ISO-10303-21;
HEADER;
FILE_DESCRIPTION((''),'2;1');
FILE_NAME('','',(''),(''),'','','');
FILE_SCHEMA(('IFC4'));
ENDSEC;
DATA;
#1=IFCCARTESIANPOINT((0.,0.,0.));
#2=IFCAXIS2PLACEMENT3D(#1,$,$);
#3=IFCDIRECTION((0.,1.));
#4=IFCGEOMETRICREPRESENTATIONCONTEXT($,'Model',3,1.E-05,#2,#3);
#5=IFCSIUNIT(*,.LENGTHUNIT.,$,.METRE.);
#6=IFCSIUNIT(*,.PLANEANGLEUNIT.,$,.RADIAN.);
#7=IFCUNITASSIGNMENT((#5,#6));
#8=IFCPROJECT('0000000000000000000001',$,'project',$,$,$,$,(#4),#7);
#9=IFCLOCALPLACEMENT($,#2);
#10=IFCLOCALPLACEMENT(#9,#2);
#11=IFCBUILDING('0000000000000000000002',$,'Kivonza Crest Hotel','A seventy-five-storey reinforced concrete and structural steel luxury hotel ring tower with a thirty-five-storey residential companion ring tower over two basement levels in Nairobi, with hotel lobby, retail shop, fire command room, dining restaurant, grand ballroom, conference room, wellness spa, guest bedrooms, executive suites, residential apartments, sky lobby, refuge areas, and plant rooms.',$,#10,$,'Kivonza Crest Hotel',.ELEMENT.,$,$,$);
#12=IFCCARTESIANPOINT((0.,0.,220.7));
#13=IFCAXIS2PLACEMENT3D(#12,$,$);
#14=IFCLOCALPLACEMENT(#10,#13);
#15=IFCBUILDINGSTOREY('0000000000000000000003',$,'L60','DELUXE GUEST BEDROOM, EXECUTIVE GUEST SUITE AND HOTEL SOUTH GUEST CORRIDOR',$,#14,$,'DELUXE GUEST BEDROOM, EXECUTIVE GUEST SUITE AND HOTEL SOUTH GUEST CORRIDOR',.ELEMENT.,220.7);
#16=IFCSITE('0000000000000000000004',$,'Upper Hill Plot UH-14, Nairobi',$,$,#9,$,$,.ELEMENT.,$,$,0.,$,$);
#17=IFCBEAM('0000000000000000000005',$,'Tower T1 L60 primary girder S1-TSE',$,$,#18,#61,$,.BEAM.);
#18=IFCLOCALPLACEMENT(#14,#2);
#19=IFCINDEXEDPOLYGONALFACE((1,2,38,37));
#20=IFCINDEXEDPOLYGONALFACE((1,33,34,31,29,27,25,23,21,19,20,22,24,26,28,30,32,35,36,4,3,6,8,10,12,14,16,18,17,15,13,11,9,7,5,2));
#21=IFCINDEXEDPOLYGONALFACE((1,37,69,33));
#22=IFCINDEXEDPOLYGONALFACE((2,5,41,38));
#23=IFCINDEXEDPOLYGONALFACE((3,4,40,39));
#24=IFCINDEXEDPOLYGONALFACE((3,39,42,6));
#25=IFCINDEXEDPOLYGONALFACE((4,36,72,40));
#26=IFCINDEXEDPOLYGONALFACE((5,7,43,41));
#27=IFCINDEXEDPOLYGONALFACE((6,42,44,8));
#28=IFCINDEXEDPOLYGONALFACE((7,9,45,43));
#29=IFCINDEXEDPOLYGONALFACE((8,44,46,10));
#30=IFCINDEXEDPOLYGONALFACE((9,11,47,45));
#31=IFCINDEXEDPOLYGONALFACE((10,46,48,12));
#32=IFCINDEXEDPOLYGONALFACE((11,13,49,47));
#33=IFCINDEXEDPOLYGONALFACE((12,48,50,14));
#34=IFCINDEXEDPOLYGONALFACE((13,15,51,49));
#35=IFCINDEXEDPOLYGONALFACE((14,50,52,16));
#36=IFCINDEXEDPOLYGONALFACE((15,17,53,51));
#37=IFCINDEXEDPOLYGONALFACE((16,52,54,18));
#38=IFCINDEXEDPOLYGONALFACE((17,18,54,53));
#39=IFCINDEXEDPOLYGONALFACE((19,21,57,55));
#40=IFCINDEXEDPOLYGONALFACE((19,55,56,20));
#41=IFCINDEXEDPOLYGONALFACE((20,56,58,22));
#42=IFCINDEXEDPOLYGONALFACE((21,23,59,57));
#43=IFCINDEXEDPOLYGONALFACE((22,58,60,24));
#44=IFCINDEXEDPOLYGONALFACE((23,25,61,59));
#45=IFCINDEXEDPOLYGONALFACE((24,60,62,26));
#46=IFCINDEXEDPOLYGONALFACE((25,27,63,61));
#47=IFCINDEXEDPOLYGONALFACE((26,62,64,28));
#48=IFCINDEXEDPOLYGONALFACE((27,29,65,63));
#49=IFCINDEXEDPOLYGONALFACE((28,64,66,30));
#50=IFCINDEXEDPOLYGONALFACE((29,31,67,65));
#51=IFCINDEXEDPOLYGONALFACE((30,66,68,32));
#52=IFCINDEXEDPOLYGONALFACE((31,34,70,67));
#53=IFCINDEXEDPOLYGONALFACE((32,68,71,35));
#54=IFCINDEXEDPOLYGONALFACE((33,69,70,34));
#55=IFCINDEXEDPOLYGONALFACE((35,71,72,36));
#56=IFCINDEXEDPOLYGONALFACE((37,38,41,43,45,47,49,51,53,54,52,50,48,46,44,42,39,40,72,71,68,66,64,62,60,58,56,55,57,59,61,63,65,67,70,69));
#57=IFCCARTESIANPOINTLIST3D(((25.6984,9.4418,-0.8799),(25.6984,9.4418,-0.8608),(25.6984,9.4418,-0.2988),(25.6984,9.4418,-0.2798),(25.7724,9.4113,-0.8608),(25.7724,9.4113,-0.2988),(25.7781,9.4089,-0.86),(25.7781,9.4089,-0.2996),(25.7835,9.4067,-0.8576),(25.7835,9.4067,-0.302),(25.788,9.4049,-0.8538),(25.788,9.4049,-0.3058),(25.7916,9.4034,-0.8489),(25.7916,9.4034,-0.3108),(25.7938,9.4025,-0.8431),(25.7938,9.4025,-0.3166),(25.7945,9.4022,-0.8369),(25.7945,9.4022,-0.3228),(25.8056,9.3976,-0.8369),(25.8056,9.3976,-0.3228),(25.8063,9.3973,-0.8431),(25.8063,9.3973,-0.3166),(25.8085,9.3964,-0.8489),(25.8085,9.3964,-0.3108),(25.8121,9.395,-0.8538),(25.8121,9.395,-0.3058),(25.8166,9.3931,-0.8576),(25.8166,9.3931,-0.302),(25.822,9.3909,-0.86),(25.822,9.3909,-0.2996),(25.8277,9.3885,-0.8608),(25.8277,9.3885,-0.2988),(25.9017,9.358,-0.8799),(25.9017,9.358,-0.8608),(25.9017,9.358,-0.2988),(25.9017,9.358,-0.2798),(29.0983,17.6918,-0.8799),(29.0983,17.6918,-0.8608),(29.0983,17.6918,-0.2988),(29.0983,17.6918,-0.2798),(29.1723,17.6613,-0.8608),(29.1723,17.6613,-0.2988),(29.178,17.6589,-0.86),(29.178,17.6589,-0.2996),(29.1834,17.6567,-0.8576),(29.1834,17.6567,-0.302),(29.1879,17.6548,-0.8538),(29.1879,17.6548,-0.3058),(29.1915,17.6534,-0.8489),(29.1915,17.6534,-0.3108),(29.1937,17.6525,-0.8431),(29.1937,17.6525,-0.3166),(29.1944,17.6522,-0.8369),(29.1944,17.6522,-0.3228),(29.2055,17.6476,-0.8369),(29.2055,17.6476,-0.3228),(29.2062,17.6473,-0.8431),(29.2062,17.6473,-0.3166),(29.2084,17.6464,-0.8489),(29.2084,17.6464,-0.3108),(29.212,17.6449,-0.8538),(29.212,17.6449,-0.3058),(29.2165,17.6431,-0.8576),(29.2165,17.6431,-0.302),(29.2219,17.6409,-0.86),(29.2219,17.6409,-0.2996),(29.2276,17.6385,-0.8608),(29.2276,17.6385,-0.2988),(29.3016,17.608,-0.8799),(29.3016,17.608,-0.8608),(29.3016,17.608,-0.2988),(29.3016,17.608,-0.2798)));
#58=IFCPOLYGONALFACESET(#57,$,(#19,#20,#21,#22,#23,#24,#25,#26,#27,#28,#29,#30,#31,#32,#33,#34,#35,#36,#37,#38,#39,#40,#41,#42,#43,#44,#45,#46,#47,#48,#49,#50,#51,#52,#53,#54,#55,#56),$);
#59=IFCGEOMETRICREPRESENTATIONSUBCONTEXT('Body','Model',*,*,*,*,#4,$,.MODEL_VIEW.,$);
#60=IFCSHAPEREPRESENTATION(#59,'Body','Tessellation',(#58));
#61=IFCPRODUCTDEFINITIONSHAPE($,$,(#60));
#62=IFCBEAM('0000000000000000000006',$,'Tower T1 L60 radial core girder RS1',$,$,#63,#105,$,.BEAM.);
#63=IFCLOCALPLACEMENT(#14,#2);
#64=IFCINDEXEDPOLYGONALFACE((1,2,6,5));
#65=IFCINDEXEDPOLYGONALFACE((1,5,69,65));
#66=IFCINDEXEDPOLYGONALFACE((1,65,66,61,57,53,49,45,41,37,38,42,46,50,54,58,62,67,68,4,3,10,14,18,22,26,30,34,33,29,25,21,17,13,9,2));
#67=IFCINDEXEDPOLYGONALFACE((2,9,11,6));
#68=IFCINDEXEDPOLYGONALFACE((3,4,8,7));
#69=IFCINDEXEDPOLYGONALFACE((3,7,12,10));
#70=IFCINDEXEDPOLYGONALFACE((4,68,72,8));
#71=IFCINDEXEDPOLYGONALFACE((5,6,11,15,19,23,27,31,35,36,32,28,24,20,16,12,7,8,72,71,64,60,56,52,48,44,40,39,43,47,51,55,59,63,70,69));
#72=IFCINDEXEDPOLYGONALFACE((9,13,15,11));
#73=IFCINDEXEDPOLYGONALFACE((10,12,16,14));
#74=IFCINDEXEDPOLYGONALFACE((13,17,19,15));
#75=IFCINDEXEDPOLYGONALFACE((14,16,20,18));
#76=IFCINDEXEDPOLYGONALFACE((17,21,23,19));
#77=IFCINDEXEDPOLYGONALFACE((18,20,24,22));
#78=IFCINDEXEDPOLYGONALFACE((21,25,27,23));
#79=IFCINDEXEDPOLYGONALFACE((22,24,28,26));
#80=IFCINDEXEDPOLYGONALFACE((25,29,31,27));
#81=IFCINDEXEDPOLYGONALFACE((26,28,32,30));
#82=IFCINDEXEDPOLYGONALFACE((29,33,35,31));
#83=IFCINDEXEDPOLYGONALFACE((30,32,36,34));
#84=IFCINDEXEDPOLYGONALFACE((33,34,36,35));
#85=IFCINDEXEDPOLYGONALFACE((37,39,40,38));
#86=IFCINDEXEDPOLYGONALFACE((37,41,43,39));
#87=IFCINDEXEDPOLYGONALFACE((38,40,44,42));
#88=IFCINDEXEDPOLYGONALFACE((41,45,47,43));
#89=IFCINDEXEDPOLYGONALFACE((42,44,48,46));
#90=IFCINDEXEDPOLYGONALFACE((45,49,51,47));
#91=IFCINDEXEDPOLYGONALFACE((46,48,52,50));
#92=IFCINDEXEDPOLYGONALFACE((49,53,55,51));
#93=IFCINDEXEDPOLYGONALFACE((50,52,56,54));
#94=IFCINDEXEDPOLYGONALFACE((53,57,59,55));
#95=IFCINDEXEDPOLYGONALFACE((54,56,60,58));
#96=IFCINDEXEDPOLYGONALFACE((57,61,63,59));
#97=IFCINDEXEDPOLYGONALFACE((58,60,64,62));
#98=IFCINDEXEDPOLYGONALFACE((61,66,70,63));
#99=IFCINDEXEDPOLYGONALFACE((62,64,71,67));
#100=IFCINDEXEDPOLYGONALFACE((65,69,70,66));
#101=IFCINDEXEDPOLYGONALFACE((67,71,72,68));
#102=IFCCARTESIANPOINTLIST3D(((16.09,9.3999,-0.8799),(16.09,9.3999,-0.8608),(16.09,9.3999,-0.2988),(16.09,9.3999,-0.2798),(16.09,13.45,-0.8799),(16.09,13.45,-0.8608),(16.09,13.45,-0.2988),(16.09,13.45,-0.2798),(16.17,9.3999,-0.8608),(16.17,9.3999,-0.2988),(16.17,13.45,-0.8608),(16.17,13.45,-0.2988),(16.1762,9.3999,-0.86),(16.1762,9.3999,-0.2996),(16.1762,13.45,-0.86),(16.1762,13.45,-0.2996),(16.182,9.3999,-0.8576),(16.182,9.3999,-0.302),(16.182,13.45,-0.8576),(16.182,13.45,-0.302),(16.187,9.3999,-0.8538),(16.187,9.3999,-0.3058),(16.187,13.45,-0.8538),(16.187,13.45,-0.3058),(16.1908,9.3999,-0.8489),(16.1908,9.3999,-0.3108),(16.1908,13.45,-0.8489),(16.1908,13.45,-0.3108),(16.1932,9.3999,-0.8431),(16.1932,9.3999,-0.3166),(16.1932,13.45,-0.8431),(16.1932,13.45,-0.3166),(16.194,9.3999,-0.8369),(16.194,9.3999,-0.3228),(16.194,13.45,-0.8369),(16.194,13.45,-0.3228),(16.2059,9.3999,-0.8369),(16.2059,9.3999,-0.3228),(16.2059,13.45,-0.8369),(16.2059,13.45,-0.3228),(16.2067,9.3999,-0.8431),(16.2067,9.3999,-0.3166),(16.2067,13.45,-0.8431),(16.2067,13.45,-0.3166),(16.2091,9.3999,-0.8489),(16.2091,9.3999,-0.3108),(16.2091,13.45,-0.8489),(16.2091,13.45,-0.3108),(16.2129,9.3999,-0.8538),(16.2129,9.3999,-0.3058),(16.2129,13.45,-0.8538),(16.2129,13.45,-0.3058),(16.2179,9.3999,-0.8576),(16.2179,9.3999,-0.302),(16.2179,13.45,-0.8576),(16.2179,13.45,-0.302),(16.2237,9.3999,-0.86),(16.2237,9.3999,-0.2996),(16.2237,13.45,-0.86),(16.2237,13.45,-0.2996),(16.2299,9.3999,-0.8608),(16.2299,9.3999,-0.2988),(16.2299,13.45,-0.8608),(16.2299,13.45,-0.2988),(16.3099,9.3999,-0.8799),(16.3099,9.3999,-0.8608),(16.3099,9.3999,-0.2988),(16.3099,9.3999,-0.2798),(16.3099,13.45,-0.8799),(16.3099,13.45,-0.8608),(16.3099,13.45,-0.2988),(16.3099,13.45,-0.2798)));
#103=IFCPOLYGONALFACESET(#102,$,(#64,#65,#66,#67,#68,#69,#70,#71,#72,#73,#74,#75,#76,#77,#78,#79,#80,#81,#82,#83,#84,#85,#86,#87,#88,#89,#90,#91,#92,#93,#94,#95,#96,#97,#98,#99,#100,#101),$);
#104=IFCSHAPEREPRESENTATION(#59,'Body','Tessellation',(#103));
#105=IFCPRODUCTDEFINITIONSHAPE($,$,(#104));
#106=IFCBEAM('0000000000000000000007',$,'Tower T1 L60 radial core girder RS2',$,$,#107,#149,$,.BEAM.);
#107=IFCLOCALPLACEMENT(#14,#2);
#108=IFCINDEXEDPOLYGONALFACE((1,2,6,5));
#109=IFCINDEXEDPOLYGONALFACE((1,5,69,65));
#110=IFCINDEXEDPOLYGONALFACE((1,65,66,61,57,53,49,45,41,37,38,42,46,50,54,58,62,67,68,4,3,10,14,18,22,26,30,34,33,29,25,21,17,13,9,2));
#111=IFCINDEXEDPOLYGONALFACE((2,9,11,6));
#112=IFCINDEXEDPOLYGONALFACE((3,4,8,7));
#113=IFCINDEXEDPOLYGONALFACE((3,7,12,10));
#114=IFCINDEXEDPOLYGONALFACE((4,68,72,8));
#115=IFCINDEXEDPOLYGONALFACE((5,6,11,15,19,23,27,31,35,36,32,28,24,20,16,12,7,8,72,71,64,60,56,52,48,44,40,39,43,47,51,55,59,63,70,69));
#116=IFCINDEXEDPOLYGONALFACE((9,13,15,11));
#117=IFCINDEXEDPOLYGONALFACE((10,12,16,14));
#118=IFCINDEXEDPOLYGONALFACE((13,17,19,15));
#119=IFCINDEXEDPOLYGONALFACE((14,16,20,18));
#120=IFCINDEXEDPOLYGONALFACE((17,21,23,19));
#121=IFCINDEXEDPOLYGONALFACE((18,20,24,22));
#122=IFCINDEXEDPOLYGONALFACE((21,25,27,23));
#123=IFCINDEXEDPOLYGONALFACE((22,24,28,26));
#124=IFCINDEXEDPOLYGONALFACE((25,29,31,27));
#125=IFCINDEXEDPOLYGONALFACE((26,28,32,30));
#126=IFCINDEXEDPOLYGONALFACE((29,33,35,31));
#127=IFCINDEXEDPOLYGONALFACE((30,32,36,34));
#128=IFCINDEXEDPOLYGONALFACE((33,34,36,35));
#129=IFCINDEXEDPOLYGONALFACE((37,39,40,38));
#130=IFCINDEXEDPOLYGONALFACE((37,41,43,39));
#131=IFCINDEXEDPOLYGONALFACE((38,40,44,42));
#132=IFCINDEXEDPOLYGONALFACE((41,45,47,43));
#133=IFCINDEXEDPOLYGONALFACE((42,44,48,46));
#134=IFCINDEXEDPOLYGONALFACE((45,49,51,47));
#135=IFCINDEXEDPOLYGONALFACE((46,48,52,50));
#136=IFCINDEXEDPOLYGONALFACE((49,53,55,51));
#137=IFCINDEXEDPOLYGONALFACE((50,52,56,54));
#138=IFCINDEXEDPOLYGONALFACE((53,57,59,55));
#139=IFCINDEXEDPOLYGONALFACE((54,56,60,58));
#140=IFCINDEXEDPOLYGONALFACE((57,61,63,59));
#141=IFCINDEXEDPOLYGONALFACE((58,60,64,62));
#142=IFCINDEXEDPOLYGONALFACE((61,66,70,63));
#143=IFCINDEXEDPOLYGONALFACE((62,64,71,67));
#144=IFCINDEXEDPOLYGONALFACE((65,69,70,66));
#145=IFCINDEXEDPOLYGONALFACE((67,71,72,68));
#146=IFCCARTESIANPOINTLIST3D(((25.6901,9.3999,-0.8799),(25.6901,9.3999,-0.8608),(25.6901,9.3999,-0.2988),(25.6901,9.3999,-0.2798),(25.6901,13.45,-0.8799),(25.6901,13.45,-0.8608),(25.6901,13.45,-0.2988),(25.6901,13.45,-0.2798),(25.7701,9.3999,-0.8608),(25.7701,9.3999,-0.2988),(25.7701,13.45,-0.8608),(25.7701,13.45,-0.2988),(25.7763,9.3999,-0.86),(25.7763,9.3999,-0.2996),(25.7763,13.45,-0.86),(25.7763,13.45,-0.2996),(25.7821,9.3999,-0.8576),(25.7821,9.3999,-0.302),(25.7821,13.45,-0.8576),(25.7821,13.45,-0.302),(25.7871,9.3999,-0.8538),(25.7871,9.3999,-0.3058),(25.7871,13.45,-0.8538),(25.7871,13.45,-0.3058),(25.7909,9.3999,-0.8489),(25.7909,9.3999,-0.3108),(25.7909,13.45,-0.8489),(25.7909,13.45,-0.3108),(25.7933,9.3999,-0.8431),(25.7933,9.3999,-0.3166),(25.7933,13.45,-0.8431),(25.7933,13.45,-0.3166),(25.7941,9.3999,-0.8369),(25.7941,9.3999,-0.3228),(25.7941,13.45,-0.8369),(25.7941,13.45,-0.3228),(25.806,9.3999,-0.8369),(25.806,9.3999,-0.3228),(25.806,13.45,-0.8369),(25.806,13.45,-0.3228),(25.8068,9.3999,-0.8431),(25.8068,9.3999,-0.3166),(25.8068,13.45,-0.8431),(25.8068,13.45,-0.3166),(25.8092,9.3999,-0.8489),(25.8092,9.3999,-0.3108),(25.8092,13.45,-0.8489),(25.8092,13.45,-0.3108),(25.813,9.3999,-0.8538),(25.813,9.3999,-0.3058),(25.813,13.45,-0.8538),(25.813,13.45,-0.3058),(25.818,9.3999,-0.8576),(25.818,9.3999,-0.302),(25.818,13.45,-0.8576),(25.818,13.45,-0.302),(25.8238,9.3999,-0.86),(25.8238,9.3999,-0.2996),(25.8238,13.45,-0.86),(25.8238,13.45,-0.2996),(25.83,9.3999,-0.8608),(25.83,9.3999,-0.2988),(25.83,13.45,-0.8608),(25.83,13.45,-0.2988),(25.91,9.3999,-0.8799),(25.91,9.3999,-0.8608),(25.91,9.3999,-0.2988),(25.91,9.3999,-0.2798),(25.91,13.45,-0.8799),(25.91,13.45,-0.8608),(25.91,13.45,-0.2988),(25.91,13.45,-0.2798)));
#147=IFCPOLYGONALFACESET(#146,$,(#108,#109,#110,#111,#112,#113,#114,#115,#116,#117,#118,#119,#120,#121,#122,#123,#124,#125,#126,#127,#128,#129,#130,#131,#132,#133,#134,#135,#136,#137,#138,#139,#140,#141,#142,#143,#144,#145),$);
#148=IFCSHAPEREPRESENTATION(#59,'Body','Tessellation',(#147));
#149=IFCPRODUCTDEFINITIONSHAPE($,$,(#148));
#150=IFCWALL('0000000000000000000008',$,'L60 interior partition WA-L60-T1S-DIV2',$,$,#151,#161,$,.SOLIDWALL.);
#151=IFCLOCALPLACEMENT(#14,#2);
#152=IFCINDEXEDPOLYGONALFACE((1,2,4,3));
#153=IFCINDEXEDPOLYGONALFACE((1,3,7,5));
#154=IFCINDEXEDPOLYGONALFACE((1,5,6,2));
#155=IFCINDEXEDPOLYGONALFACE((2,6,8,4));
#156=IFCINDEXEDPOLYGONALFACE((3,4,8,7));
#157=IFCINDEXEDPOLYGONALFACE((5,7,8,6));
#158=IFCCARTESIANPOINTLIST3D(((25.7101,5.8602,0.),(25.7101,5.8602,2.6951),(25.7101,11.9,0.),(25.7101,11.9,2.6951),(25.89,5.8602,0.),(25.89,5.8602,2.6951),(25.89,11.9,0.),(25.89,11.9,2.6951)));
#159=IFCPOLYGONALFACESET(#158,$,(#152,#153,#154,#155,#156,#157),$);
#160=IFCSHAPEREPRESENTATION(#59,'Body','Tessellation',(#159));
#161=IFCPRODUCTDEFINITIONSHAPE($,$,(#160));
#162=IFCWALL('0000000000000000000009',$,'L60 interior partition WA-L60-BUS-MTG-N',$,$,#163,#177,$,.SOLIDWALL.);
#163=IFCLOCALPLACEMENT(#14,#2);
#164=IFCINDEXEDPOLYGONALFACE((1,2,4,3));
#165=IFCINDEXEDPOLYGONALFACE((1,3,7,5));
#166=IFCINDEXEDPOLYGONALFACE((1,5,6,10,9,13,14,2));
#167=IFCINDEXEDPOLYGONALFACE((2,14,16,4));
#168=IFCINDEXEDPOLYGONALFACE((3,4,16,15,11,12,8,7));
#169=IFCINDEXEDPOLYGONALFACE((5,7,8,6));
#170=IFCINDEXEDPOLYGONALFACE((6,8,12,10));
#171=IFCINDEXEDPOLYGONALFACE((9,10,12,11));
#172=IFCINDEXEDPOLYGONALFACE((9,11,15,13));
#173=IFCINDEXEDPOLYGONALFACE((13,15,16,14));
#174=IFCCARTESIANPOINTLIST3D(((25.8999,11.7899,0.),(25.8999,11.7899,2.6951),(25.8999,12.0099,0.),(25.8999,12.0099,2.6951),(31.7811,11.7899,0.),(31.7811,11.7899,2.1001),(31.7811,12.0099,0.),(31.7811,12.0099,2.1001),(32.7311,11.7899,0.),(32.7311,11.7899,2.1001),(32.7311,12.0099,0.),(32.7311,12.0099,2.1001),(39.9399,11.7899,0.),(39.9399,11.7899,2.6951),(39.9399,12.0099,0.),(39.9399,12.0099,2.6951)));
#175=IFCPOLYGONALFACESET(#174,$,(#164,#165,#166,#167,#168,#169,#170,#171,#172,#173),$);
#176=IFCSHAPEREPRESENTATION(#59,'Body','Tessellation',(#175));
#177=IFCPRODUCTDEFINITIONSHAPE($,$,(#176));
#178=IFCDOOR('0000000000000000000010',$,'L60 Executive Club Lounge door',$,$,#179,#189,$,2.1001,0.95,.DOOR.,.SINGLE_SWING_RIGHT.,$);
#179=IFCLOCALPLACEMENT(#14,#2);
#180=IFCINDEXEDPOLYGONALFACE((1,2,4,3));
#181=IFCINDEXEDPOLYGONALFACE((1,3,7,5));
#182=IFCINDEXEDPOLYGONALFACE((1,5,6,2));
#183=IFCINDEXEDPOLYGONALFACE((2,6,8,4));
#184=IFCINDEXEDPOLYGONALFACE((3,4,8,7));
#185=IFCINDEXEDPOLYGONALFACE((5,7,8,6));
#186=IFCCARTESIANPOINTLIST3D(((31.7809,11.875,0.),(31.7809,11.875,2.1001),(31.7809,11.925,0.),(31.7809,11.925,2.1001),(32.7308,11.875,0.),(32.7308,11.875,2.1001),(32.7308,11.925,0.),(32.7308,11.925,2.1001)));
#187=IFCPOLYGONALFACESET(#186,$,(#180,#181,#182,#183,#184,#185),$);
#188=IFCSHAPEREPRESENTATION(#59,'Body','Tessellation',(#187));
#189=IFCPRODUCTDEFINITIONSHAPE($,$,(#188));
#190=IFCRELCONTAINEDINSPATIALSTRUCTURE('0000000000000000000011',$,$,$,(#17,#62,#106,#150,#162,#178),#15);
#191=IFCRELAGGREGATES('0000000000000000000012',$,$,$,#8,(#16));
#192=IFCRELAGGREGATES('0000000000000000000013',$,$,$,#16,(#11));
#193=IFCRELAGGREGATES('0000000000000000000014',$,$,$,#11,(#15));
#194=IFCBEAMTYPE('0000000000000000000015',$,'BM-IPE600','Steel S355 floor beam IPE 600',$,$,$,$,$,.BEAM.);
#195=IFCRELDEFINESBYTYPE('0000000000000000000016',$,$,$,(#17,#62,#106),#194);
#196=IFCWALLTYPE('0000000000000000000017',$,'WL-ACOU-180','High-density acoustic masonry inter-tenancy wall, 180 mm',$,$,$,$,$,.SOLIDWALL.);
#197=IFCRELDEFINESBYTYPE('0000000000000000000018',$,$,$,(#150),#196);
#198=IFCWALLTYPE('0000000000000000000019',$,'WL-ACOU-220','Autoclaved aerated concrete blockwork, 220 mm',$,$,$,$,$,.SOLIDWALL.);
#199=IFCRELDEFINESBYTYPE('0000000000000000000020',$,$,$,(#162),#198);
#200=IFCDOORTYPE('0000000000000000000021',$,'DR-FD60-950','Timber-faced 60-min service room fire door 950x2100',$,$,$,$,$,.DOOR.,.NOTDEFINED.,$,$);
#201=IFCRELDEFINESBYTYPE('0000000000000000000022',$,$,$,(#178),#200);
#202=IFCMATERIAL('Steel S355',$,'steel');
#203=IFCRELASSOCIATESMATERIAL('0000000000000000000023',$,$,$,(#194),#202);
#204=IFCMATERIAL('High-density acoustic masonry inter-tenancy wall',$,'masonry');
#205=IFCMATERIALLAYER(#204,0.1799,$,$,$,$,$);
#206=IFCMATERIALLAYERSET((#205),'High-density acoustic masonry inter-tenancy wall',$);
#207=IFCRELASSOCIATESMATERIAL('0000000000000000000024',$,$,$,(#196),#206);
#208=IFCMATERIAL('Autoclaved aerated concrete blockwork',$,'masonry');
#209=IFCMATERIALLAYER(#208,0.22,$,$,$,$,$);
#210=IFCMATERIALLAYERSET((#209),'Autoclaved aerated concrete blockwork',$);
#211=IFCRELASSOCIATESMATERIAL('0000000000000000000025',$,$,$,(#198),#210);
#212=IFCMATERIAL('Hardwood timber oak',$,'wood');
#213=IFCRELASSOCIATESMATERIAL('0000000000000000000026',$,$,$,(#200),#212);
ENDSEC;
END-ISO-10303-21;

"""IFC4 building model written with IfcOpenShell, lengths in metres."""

from ifc_helpers import new_model, si_unit, direction, frame, frame_2d, origin, origin_2d, place, context, subcontext, project, spatial, rectangle, i_section, extrude, material, layer, layer_set, material_profile, profile_set, type_object, element, fill, save


model = new_model("IFC4")

# Units and contexts
model_context = context("Model", 3, precision=1e-05, world=origin(), true_north=direction((0.0, 1.0)))
body_context = subcontext(model_context, "Body", "Model", "MODEL_VIEW")
ifc_project = project(units=[si_unit("LENGTHUNIT", "METRE"), si_unit("PLANEANGLEUNIT", "RADIAN")], contexts=[model_context])

# Site, building, storey
site_placement = place(None, origin())
site = spatial("IfcSite", under=ifc_project, at=site_placement, Name="Upper Hill Plot UH-14, Nairobi", CompositionType="ELEMENT", RefElevation=0.0)
building_placement = place(site_placement, origin())
building = spatial("IfcBuilding", under=site, at=building_placement, Name="Kivonza Crest Hotel", Description="A seventy-five-storey reinforced concrete and structural steel luxury hotel ring tower with a thirty-five-storey residential companion ring tower over two basement levels in Nairobi, with hotel lobby, retail shop, fire command room, dining restaurant, grand ballroom, conference room, wellness spa, guest bedrooms, executive suites, residential apartments, sky lobby, refuge areas, and plant rooms.", LongName="Kivonza Crest Hotel", CompositionType="ELEMENT")
storey_placement = place(building_placement, frame((0.0, 0.0, 220.7)))
storey = spatial("IfcBuildingStorey", under=building, at=storey_placement, Name="L60", Description="DELUXE GUEST BEDROOM, EXECUTIVE GUEST SUITE AND HOTEL SOUTH GUEST CORRIDOR", LongName="DELUXE GUEST BEDROOM, EXECUTIVE GUEST SUITE AND HOTEL SOUTH GUEST CORRIDOR", CompositionType="ELEMENT", Elevation=220.7)

# Beams
ifc_material_1 = material(Name="Steel S355", Category="steel")
ifc_material_profile_1 = material_profile(ifc_material_1, i_section(OverallWidth=0.22, OverallDepth=0.6001, WebThickness=0.012, FlangeThickness=0.019, FilletRadius=0.0239, at=origin_2d()), Name="IPE 600")
ifc_profile_set_1 = profile_set([ifc_material_profile_1], Name="Steel S355")
beam_type_1 = type_object("IfcBeamType", Name="BM-IPE600", Description="Steel S355 floor beam IPE 600", PredefinedType="BEAM", material=ifc_profile_set_1)
beam_1_placement = place(storey_placement, frame((25.8, 9.3999, -0.5798), z_axis=(0.381022, 0.924566, 0.0), x_axis=(-0.924566, 0.381022, 0.0)))
element("IfcBeam", 1, at=beam_1_placement, inside=storey, type_object=beam_type_1, Name="Tower T1 L60 primary girder S1-TSE", PredefinedType="BEAM", context=body_context, shape_type="SweptSolid", body=[
    extrude(i_section(OverallWidth=0.22, OverallDepth=0.6001, WebThickness=0.012, FlangeThickness=0.019, FilletRadius=0.0239, at=origin_2d()), origin(), (0.0, 0.0, 1.0), 8.9231),
])
for number, where, z_axis, x_axis, name in (
    (2, (16.2, 9.3999, -0.5798), (0.0, 1.0, 0.0), (-1.0, 0.0, 0.0), "Tower T1 L60 radial core girder RS1"),
    (3, (25.8, 9.3999, -0.5798), (0.0, 1.0, 0.0), (-1.0, 0.0, 0.0), "Tower T1 L60 radial core girder RS2"),
):
    element("IfcBeam", number, at=place(storey_placement, frame(where, z_axis=z_axis, x_axis=x_axis)), inside=storey, type_object=beam_type_1, Name=name, PredefinedType="BEAM", context=body_context, shape_type="SweptSolid", body=[
        extrude(i_section(OverallWidth=0.22, OverallDepth=0.6001, WebThickness=0.012, FlangeThickness=0.019, FilletRadius=0.0239, at=origin_2d()), origin(), (0.0, 0.0, 1.0), 4.05),
    ])

# Wall
ifc_material_2 = material(Name="High-density acoustic masonry inter-tenancy wall", Category="masonry")
ifc_layer_1 = layer(ifc_material_2, 0.1799)
ifc_layer_set_1 = layer_set([ifc_layer_1], Name="High-density acoustic masonry inter-tenancy wall")
wall_type_1 = type_object("IfcWallType", Name="WL-ACOU-180", Description="High-density acoustic masonry inter-tenancy wall, 180 mm", PredefinedType="SOLIDWALL", material=ifc_layer_set_1)
wall_1_placement = place(storey_placement, frame((25.8, 5.8601, 0.0), z_axis=(0.0, 0.0, 1.0), x_axis=(0.0, 1.0, 0.0)))
element("IfcWall", 4, at=wall_1_placement, inside=storey, type_object=wall_type_1, Name="L60 interior partition WA-L60-T1S-DIV2", PredefinedType="SOLIDWALL", context=body_context, shape_type="SweptSolid", body=[
    extrude(rectangle(XDim=6.0398, YDim=0.1799, at=frame_2d((3.02, 0.0))), origin(), (0.0, 0.0, 1.0), 2.6951),
])

# Wall, opening, door
ifc_material_3 = material(Name="Autoclaved aerated concrete blockwork", Category="masonry")
ifc_layer_2 = layer(ifc_material_3, 0.22)
ifc_layer_set_2 = layer_set([ifc_layer_2], Name="Autoclaved aerated concrete blockwork")
wall_type_2 = type_object("IfcWallType", Name="WL-ACOU-220", Description="Autoclaved aerated concrete blockwork, 220 mm", PredefinedType="SOLIDWALL", material=ifc_layer_set_2)
wall_2_placement = place(storey_placement, frame((25.8999, 11.8999, 0.0), z_axis=(0.0, 0.0, 1.0), x_axis=(1.0, 0.0, 0.0)))
wall_2 = element("IfcWall", 5, at=wall_2_placement, inside=storey, type_object=wall_type_2, Name="L60 interior partition WA-L60-BUS-MTG-N", PredefinedType="SOLIDWALL", context=body_context, shape_type="SweptSolid", body=[
    extrude(rectangle(XDim=14.04, YDim=0.22, at=frame_2d((7.02, 0.0))), origin(), (0.0, 0.0, 1.0), 2.6951),
])
opening_1_placement = place(wall_2_placement, frame((5.8811, 0.0, 0.0)))
opening_1 = element("IfcOpeningElement", 6, at=opening_1_placement, cuts=wall_2, PredefinedType="OPENING", context=body_context, shape_type="SweptSolid", body=[
    extrude(rectangle(XDim=0.95, YDim=2.1001, at=frame_2d((0.4751, 1.05))), frame((0.0, 0.1201, 0.0), z_axis=(0.0, -1.0, 0.0), x_axis=(1.0, 0.0, 0.0)), (0.0, 0.0, 1.0), 0.24),
])
ifc_material_4 = material(Name="Hardwood timber oak", Category="wood")
door_type_1 = type_object("IfcDoorType", Name="DR-FD60-950", Description="Timber-faced 60-min service room fire door 950x2100", OperationType="NOTDEFINED", PredefinedType="DOOR", material=ifc_material_4)
door_1_placement = place(opening_1_placement, frame((0.95, 0.0, 0.0), z_axis=(0.0, 0.0, 1.0), x_axis=(-1.0, 0.0, 0.0)))
door_1 = element("IfcDoor", 7, at=door_1_placement, inside=storey, type_object=door_type_1, Name="L60 Executive Club Lounge door", OperationType="SINGLE_SWING_RIGHT", OverallHeight=2.1001, OverallWidth=0.95, PredefinedType="DOOR", context=body_context, shape_type="SweptSolid", body=[
    extrude(rectangle(XDim=0.95, YDim=2.1001, at=frame_2d((0.4751, 1.05))), frame((0.0, 0.0249, 0.0), z_axis=(0.0, -1.0, 0.0), x_axis=(1.0, 0.0, 0.0)), (0.0, 0.0, 1.0), 0.05),
])
fill(opening_1, door_1)

save(model, "model.ifc")
